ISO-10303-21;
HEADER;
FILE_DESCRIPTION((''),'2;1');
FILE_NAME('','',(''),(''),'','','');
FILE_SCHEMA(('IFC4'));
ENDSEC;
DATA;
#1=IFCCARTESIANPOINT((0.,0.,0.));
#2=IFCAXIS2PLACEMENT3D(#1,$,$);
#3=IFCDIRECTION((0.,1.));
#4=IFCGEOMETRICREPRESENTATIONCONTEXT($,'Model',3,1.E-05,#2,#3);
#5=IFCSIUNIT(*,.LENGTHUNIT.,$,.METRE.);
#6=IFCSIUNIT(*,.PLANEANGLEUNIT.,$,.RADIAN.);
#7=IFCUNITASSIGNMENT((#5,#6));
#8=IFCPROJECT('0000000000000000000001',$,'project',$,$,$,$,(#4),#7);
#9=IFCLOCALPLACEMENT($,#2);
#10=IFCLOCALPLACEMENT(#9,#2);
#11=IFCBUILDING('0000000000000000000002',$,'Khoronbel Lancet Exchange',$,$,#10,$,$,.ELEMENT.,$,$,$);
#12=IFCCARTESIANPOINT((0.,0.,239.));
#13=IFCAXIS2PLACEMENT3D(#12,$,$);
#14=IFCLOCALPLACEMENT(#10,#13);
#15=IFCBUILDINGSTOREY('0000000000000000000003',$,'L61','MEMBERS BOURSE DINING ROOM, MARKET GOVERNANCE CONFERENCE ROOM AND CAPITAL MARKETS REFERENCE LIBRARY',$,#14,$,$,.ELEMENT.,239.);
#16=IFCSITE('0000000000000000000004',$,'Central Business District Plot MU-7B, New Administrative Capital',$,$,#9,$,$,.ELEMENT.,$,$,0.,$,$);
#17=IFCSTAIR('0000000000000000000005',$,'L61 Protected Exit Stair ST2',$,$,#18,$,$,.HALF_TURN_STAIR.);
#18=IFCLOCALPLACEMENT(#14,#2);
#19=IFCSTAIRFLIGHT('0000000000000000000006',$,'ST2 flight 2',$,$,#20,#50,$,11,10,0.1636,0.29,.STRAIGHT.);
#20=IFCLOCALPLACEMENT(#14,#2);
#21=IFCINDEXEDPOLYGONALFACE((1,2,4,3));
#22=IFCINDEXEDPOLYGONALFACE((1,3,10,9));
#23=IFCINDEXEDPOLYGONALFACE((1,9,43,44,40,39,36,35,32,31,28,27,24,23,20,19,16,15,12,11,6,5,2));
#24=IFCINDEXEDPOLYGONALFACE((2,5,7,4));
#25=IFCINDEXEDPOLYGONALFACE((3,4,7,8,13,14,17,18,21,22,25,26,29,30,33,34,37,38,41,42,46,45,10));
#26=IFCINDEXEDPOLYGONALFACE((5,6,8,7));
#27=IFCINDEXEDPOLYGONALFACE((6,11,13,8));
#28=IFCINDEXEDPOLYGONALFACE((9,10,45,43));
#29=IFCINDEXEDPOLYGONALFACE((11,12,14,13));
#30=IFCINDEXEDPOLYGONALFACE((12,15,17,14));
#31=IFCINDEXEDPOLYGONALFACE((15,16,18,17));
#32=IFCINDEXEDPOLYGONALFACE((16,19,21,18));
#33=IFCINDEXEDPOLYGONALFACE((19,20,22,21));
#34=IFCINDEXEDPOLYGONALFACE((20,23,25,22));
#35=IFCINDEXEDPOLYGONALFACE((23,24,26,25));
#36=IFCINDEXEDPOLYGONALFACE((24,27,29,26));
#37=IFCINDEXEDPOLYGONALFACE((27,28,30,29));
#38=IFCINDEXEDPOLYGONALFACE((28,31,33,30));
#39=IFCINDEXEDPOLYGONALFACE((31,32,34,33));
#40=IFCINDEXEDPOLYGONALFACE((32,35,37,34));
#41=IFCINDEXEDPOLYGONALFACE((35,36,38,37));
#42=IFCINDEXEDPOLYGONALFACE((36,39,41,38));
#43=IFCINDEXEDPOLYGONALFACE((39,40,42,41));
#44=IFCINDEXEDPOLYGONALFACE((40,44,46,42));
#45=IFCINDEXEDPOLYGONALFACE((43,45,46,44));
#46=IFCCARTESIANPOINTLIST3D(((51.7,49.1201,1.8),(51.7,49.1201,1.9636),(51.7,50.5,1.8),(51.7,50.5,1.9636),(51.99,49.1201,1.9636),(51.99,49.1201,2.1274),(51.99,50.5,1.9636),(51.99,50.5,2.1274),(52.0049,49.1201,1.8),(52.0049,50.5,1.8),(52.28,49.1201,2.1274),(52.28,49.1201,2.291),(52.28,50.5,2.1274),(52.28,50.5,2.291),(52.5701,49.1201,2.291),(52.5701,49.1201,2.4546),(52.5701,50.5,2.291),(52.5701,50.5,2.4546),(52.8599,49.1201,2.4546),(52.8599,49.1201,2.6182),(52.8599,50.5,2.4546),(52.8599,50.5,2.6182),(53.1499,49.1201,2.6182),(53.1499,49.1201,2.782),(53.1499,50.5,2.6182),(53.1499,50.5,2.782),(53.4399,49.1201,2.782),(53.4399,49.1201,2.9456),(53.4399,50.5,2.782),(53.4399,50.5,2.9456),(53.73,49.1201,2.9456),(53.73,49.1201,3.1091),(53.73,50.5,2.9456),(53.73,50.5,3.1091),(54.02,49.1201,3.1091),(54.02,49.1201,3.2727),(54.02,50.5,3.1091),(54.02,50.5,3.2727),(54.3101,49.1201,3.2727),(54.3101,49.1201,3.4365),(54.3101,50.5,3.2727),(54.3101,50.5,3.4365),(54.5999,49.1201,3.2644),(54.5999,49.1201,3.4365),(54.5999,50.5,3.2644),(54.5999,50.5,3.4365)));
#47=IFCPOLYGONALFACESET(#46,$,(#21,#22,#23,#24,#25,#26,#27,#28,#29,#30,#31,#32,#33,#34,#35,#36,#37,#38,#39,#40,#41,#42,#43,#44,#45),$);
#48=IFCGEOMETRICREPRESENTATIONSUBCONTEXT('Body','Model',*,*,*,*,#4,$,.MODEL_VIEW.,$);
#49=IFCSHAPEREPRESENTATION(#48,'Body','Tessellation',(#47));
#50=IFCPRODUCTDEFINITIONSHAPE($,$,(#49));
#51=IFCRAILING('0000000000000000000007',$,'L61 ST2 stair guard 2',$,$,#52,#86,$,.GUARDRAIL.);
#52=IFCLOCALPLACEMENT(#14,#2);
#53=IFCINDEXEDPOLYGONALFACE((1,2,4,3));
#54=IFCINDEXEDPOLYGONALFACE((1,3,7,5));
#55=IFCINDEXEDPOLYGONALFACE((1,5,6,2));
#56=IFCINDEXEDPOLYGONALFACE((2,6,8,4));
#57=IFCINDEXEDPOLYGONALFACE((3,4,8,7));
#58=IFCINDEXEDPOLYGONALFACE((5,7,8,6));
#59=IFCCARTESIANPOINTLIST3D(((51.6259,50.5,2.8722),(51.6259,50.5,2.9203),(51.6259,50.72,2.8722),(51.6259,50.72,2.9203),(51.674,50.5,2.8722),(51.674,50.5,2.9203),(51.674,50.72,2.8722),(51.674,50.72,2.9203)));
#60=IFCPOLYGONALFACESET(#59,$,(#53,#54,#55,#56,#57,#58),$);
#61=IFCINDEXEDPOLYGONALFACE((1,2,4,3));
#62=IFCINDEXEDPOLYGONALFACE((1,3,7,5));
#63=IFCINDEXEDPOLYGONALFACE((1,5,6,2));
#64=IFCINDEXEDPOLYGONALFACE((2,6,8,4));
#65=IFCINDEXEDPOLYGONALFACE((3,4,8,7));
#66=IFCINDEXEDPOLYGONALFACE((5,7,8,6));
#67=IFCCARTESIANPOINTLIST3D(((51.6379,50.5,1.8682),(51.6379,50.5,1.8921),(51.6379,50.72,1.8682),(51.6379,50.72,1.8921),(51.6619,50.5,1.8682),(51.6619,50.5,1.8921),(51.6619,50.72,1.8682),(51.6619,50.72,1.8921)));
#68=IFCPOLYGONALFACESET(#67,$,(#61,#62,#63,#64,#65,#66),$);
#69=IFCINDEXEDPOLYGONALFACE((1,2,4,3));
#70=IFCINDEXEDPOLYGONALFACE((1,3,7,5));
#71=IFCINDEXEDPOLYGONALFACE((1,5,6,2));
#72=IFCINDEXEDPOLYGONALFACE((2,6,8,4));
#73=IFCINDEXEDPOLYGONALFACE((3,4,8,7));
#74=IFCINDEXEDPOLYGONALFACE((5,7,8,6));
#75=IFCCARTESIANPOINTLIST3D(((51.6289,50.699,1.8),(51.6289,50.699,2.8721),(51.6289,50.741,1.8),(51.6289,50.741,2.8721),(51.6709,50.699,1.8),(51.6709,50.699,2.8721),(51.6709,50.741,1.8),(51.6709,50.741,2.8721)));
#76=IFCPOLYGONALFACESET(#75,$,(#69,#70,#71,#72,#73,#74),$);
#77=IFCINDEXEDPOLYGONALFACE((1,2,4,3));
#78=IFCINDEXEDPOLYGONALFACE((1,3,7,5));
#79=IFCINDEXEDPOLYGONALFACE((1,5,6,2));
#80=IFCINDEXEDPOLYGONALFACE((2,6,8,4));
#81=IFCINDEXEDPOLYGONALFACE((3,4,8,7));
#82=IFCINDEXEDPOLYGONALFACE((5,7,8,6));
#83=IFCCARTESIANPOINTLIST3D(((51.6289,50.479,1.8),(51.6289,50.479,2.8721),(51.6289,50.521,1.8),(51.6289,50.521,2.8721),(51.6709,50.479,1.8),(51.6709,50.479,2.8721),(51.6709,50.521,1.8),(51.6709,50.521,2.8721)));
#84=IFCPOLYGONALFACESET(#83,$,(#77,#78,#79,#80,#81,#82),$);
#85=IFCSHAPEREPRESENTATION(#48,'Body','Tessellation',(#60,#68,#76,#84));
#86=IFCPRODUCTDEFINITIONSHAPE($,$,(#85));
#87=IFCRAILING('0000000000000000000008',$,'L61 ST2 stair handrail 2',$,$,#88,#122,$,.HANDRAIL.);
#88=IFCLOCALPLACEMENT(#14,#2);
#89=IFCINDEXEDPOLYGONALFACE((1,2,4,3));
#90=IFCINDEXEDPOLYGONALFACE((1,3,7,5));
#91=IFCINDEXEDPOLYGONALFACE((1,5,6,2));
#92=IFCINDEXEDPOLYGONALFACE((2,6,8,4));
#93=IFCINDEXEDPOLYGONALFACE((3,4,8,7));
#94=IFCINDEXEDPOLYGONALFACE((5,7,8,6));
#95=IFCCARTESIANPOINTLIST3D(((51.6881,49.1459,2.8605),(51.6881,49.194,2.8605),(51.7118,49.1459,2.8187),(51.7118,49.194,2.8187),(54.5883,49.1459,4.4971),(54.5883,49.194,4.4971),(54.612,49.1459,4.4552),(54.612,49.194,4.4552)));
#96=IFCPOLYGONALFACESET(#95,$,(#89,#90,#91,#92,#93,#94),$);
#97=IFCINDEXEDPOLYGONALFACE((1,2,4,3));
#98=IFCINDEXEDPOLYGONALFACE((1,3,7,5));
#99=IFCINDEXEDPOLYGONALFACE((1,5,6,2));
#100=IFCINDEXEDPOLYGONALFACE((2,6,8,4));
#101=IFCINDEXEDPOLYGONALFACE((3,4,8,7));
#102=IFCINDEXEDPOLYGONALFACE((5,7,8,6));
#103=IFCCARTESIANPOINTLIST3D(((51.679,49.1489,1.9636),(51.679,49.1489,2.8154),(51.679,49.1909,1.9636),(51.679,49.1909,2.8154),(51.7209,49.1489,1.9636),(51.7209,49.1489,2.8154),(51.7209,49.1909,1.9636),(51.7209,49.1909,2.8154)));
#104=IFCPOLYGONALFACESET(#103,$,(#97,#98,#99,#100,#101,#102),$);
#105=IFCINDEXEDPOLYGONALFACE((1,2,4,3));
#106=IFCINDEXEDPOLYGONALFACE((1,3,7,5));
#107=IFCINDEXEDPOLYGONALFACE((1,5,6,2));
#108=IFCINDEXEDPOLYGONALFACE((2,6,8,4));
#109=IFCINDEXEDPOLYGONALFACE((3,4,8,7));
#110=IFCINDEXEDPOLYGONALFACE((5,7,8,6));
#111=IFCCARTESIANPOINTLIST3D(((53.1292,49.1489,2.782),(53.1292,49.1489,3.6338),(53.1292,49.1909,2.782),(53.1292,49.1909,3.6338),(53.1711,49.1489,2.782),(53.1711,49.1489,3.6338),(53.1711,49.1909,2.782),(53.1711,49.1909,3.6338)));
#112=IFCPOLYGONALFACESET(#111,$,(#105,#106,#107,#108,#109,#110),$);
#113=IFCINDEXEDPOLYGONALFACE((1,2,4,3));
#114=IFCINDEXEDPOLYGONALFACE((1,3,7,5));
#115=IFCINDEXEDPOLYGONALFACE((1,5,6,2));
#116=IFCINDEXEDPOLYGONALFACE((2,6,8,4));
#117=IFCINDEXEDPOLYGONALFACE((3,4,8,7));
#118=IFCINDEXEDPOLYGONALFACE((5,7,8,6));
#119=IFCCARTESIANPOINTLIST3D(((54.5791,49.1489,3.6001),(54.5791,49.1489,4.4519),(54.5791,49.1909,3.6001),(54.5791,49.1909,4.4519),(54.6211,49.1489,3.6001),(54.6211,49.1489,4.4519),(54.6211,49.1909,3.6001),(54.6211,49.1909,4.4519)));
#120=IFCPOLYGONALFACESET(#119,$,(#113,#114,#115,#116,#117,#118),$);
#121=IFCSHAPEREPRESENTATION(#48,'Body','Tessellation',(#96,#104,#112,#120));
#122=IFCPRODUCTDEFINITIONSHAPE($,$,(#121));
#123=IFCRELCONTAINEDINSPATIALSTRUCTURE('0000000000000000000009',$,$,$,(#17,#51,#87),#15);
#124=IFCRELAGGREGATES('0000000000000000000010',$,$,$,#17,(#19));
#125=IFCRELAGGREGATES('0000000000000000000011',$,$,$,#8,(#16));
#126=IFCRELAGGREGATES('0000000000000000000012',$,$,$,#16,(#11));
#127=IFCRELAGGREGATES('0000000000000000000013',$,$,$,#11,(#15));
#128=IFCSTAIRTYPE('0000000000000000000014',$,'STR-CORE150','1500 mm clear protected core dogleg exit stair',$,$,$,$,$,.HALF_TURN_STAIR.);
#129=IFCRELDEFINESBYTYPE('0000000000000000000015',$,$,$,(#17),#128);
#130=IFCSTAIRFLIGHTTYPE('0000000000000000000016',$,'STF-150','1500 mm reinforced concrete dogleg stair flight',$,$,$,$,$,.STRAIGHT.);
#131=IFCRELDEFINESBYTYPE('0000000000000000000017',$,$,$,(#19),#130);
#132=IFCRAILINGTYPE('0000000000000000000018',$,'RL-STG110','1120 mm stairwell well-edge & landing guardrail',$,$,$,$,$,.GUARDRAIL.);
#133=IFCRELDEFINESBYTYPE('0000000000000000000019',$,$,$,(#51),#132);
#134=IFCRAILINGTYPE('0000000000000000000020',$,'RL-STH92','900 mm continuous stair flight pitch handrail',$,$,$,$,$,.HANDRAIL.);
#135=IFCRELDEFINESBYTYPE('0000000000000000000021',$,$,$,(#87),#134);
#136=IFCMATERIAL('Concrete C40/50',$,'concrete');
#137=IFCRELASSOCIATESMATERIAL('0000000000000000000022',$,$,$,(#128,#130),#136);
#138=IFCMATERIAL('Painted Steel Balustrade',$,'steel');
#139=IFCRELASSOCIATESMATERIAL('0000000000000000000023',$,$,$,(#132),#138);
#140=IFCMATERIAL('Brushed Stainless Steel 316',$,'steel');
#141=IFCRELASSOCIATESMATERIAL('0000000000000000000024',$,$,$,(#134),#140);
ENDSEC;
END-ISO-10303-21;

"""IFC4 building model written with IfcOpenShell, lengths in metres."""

from ifc_helpers import new_model, si_unit, direction, frame, origin, origin_2d, place, context, subcontext, project, spatial, polyline, rectangle, outline, extrude, material, type_object, element, aggregate, save


model = new_model("IFC4")

# Units and contexts
model_context = context("Model", 3, precision=1e-05, world=origin(), true_north=direction((0.0, 1.0)))
body_context = subcontext(model_context, "Body", "Model", "MODEL_VIEW")
ifc_project = project(units=[si_unit("LENGTHUNIT", "METRE"), si_unit("PLANEANGLEUNIT", "RADIAN")], contexts=[model_context])

# Site, building, storey
site_placement = place(None, origin())
site = spatial("IfcSite", under=ifc_project, at=site_placement, Name="Central Business District Plot MU-7B, New Administrative Capital", CompositionType="ELEMENT", RefElevation=0.0)
building_placement = place(site_placement, origin())
building = spatial("IfcBuilding", under=site, at=building_placement, Name="Khoronbel Lancet Exchange", CompositionType="ELEMENT")
storey_placement = place(building_placement, frame((0.0, 0.0, 239.0)))
storey = spatial("IfcBuildingStorey", under=building, at=storey_placement, Name="L61", Description="MEMBERS BOURSE DINING ROOM, MARKET GOVERNANCE CONFERENCE ROOM AND CAPITAL MARKETS REFERENCE LIBRARY", CompositionType="ELEMENT", Elevation=239.0)

# Stair, stair flight
ifc_material_1 = material(Name="Concrete C40/50", Category="concrete")
stair_type = type_object("IfcStairType", Name="STR-CORE150", Description="1500 mm clear protected core dogleg exit stair", PredefinedType="HALF_TURN_STAIR", material=ifc_material_1)
stair_placement = place(storey_placement, origin())
stair = element("IfcStair", 1, at=stair_placement, inside=storey, type_object=stair_type, Name="L61 Protected Exit Stair ST2", PredefinedType="HALF_TURN_STAIR")
stair_flight_type = type_object("IfcStairFlightType", Name="STF-150", Description="1500 mm reinforced concrete dogleg stair flight", PredefinedType="STRAIGHT", material=ifc_material_1)
stair_flight_placement = place(storey_placement, frame((51.7, 49.8101, 1.8), z_axis=(0.0, 0.0, 1.0), x_axis=(1.0, 0.0, 0.0)))
stair_flight = element("IfcStairFlight", 2, at=stair_flight_placement, type_object=stair_flight_type, Name="ST2 flight 2", NumberOfRisers=11, NumberOfTreads=10, PredefinedType="STRAIGHT", RiserHeight=0.1636, TreadLength=0.29, context=body_context, shape_type="SweptSolid", body=[
    extrude(outline(polyline([(0.0, 0.0), (0.0, 0.1636), (0.29, 0.1636), (0.29, 0.3274), (0.5801, 0.3274), (0.5801, 0.491), (0.8701, 0.491), (0.8701, 0.6545), (1.1599, 0.6545), (1.1599, 0.8181), (1.45, 0.8181), (1.45, 0.9819), (1.74, 0.9819), (1.74, 1.1455), (2.03, 1.1455), (2.03, 1.3091), (2.3201, 1.3091), (2.3201, 1.4727), (2.6101, 1.4727), (2.6101, 1.6365), (2.8999, 1.6365), (2.8999, 1.8), (2.8999, 1.4644), (0.3049, 0.0), (0.0, 0.0)])), frame((0.0, 0.6899, 0.0), z_axis=(0.0, -1.0, 0.0), x_axis=(1.0, 0.0, 0.0)), (0.0, 0.0, 1.0), 1.3799),
])
aggregate(stair, [stair_flight])

# Railings
ifc_material_2 = material(Name="Painted Steel Balustrade", Category="steel")
railing_type_1 = type_object("IfcRailingType", Name="RL-STG110", Description="1120 mm stairwell well-edge & landing guardrail", PredefinedType="GUARDRAIL", material=ifc_material_2)
railing_1_placement = place(storey_placement, frame((51.6499, 50.72, 1.8)))
element("IfcRailing", 3, at=railing_1_placement, inside=storey, type_object=railing_type_1, Name="L61 ST2 stair guard 2", PredefinedType="GUARDRAIL", context=body_context, shape_type="SweptSolid", body=[
    extrude(rectangle(XDim=0.0481, YDim=0.0481, at=origin_2d()), frame((0.0, 0.0, 1.0962), z_axis=(0.0, -1.0, 0.0), x_axis=(1.0, 0.0, 0.0)), (0.0, 0.0, 1.0), 0.22),
    extrude(rectangle(XDim=0.0239, YDim=0.0239, at=origin_2d()), frame((0.0, 0.0, 0.0801), z_axis=(0.0, -1.0, 0.0), x_axis=(1.0, 0.0, 0.0)), (0.0, 0.0, 1.0), 0.22),
    extrude(rectangle(XDim=0.042, YDim=0.042, at=origin_2d()), origin(), (0.0, 0.0, 1.0), 1.072),
    extrude(rectangle(XDim=0.042, YDim=0.042, at=origin_2d()), frame((0.0, -0.22, 0.0)), (0.0, 0.0, 1.0), 1.072),
])
ifc_material_3 = material(Name="Brushed Stainless Steel 316", Category="steel")
railing_type_2 = type_object("IfcRailingType", Name="RL-STH92", Description="900 mm continuous stair flight pitch handrail", PredefinedType="HANDRAIL", material=ifc_material_3)
railing_2_placement = place(storey_placement, frame((51.7, 49.1699, 1.9636)))
element("IfcRailing", 4, at=railing_2_placement, inside=storey, type_object=railing_type_2, Name="L61 ST2 stair handrail 2", PredefinedType="HANDRAIL", context=body_context, shape_type="SweptSolid", body=[
    extrude(rectangle(XDim=0.0481, YDim=0.0481, at=origin_2d()), frame((0.0, 0.0, 0.876), z_axis=(0.870915, 0.0, 0.491434), x_axis=(0.0, 1.0, 0.0)), (0.0, 0.0, 1.0), 3.3301),
    extrude(rectangle(XDim=0.042, YDim=0.042, at=origin_2d()), origin(), (0.0, 0.0, 1.0), 0.8518),
    extrude(rectangle(XDim=0.042, YDim=0.042, at=origin_2d()), frame((1.4502, 0.0, 0.8184)), (0.0, 0.0, 1.0), 0.8518),
    extrude(rectangle(XDim=0.042, YDim=0.042, at=origin_2d()), frame((2.9001, 0.0, 1.6365)), (0.0, 0.0, 1.0), 0.8518),
])

save(model, "model.ifc")
